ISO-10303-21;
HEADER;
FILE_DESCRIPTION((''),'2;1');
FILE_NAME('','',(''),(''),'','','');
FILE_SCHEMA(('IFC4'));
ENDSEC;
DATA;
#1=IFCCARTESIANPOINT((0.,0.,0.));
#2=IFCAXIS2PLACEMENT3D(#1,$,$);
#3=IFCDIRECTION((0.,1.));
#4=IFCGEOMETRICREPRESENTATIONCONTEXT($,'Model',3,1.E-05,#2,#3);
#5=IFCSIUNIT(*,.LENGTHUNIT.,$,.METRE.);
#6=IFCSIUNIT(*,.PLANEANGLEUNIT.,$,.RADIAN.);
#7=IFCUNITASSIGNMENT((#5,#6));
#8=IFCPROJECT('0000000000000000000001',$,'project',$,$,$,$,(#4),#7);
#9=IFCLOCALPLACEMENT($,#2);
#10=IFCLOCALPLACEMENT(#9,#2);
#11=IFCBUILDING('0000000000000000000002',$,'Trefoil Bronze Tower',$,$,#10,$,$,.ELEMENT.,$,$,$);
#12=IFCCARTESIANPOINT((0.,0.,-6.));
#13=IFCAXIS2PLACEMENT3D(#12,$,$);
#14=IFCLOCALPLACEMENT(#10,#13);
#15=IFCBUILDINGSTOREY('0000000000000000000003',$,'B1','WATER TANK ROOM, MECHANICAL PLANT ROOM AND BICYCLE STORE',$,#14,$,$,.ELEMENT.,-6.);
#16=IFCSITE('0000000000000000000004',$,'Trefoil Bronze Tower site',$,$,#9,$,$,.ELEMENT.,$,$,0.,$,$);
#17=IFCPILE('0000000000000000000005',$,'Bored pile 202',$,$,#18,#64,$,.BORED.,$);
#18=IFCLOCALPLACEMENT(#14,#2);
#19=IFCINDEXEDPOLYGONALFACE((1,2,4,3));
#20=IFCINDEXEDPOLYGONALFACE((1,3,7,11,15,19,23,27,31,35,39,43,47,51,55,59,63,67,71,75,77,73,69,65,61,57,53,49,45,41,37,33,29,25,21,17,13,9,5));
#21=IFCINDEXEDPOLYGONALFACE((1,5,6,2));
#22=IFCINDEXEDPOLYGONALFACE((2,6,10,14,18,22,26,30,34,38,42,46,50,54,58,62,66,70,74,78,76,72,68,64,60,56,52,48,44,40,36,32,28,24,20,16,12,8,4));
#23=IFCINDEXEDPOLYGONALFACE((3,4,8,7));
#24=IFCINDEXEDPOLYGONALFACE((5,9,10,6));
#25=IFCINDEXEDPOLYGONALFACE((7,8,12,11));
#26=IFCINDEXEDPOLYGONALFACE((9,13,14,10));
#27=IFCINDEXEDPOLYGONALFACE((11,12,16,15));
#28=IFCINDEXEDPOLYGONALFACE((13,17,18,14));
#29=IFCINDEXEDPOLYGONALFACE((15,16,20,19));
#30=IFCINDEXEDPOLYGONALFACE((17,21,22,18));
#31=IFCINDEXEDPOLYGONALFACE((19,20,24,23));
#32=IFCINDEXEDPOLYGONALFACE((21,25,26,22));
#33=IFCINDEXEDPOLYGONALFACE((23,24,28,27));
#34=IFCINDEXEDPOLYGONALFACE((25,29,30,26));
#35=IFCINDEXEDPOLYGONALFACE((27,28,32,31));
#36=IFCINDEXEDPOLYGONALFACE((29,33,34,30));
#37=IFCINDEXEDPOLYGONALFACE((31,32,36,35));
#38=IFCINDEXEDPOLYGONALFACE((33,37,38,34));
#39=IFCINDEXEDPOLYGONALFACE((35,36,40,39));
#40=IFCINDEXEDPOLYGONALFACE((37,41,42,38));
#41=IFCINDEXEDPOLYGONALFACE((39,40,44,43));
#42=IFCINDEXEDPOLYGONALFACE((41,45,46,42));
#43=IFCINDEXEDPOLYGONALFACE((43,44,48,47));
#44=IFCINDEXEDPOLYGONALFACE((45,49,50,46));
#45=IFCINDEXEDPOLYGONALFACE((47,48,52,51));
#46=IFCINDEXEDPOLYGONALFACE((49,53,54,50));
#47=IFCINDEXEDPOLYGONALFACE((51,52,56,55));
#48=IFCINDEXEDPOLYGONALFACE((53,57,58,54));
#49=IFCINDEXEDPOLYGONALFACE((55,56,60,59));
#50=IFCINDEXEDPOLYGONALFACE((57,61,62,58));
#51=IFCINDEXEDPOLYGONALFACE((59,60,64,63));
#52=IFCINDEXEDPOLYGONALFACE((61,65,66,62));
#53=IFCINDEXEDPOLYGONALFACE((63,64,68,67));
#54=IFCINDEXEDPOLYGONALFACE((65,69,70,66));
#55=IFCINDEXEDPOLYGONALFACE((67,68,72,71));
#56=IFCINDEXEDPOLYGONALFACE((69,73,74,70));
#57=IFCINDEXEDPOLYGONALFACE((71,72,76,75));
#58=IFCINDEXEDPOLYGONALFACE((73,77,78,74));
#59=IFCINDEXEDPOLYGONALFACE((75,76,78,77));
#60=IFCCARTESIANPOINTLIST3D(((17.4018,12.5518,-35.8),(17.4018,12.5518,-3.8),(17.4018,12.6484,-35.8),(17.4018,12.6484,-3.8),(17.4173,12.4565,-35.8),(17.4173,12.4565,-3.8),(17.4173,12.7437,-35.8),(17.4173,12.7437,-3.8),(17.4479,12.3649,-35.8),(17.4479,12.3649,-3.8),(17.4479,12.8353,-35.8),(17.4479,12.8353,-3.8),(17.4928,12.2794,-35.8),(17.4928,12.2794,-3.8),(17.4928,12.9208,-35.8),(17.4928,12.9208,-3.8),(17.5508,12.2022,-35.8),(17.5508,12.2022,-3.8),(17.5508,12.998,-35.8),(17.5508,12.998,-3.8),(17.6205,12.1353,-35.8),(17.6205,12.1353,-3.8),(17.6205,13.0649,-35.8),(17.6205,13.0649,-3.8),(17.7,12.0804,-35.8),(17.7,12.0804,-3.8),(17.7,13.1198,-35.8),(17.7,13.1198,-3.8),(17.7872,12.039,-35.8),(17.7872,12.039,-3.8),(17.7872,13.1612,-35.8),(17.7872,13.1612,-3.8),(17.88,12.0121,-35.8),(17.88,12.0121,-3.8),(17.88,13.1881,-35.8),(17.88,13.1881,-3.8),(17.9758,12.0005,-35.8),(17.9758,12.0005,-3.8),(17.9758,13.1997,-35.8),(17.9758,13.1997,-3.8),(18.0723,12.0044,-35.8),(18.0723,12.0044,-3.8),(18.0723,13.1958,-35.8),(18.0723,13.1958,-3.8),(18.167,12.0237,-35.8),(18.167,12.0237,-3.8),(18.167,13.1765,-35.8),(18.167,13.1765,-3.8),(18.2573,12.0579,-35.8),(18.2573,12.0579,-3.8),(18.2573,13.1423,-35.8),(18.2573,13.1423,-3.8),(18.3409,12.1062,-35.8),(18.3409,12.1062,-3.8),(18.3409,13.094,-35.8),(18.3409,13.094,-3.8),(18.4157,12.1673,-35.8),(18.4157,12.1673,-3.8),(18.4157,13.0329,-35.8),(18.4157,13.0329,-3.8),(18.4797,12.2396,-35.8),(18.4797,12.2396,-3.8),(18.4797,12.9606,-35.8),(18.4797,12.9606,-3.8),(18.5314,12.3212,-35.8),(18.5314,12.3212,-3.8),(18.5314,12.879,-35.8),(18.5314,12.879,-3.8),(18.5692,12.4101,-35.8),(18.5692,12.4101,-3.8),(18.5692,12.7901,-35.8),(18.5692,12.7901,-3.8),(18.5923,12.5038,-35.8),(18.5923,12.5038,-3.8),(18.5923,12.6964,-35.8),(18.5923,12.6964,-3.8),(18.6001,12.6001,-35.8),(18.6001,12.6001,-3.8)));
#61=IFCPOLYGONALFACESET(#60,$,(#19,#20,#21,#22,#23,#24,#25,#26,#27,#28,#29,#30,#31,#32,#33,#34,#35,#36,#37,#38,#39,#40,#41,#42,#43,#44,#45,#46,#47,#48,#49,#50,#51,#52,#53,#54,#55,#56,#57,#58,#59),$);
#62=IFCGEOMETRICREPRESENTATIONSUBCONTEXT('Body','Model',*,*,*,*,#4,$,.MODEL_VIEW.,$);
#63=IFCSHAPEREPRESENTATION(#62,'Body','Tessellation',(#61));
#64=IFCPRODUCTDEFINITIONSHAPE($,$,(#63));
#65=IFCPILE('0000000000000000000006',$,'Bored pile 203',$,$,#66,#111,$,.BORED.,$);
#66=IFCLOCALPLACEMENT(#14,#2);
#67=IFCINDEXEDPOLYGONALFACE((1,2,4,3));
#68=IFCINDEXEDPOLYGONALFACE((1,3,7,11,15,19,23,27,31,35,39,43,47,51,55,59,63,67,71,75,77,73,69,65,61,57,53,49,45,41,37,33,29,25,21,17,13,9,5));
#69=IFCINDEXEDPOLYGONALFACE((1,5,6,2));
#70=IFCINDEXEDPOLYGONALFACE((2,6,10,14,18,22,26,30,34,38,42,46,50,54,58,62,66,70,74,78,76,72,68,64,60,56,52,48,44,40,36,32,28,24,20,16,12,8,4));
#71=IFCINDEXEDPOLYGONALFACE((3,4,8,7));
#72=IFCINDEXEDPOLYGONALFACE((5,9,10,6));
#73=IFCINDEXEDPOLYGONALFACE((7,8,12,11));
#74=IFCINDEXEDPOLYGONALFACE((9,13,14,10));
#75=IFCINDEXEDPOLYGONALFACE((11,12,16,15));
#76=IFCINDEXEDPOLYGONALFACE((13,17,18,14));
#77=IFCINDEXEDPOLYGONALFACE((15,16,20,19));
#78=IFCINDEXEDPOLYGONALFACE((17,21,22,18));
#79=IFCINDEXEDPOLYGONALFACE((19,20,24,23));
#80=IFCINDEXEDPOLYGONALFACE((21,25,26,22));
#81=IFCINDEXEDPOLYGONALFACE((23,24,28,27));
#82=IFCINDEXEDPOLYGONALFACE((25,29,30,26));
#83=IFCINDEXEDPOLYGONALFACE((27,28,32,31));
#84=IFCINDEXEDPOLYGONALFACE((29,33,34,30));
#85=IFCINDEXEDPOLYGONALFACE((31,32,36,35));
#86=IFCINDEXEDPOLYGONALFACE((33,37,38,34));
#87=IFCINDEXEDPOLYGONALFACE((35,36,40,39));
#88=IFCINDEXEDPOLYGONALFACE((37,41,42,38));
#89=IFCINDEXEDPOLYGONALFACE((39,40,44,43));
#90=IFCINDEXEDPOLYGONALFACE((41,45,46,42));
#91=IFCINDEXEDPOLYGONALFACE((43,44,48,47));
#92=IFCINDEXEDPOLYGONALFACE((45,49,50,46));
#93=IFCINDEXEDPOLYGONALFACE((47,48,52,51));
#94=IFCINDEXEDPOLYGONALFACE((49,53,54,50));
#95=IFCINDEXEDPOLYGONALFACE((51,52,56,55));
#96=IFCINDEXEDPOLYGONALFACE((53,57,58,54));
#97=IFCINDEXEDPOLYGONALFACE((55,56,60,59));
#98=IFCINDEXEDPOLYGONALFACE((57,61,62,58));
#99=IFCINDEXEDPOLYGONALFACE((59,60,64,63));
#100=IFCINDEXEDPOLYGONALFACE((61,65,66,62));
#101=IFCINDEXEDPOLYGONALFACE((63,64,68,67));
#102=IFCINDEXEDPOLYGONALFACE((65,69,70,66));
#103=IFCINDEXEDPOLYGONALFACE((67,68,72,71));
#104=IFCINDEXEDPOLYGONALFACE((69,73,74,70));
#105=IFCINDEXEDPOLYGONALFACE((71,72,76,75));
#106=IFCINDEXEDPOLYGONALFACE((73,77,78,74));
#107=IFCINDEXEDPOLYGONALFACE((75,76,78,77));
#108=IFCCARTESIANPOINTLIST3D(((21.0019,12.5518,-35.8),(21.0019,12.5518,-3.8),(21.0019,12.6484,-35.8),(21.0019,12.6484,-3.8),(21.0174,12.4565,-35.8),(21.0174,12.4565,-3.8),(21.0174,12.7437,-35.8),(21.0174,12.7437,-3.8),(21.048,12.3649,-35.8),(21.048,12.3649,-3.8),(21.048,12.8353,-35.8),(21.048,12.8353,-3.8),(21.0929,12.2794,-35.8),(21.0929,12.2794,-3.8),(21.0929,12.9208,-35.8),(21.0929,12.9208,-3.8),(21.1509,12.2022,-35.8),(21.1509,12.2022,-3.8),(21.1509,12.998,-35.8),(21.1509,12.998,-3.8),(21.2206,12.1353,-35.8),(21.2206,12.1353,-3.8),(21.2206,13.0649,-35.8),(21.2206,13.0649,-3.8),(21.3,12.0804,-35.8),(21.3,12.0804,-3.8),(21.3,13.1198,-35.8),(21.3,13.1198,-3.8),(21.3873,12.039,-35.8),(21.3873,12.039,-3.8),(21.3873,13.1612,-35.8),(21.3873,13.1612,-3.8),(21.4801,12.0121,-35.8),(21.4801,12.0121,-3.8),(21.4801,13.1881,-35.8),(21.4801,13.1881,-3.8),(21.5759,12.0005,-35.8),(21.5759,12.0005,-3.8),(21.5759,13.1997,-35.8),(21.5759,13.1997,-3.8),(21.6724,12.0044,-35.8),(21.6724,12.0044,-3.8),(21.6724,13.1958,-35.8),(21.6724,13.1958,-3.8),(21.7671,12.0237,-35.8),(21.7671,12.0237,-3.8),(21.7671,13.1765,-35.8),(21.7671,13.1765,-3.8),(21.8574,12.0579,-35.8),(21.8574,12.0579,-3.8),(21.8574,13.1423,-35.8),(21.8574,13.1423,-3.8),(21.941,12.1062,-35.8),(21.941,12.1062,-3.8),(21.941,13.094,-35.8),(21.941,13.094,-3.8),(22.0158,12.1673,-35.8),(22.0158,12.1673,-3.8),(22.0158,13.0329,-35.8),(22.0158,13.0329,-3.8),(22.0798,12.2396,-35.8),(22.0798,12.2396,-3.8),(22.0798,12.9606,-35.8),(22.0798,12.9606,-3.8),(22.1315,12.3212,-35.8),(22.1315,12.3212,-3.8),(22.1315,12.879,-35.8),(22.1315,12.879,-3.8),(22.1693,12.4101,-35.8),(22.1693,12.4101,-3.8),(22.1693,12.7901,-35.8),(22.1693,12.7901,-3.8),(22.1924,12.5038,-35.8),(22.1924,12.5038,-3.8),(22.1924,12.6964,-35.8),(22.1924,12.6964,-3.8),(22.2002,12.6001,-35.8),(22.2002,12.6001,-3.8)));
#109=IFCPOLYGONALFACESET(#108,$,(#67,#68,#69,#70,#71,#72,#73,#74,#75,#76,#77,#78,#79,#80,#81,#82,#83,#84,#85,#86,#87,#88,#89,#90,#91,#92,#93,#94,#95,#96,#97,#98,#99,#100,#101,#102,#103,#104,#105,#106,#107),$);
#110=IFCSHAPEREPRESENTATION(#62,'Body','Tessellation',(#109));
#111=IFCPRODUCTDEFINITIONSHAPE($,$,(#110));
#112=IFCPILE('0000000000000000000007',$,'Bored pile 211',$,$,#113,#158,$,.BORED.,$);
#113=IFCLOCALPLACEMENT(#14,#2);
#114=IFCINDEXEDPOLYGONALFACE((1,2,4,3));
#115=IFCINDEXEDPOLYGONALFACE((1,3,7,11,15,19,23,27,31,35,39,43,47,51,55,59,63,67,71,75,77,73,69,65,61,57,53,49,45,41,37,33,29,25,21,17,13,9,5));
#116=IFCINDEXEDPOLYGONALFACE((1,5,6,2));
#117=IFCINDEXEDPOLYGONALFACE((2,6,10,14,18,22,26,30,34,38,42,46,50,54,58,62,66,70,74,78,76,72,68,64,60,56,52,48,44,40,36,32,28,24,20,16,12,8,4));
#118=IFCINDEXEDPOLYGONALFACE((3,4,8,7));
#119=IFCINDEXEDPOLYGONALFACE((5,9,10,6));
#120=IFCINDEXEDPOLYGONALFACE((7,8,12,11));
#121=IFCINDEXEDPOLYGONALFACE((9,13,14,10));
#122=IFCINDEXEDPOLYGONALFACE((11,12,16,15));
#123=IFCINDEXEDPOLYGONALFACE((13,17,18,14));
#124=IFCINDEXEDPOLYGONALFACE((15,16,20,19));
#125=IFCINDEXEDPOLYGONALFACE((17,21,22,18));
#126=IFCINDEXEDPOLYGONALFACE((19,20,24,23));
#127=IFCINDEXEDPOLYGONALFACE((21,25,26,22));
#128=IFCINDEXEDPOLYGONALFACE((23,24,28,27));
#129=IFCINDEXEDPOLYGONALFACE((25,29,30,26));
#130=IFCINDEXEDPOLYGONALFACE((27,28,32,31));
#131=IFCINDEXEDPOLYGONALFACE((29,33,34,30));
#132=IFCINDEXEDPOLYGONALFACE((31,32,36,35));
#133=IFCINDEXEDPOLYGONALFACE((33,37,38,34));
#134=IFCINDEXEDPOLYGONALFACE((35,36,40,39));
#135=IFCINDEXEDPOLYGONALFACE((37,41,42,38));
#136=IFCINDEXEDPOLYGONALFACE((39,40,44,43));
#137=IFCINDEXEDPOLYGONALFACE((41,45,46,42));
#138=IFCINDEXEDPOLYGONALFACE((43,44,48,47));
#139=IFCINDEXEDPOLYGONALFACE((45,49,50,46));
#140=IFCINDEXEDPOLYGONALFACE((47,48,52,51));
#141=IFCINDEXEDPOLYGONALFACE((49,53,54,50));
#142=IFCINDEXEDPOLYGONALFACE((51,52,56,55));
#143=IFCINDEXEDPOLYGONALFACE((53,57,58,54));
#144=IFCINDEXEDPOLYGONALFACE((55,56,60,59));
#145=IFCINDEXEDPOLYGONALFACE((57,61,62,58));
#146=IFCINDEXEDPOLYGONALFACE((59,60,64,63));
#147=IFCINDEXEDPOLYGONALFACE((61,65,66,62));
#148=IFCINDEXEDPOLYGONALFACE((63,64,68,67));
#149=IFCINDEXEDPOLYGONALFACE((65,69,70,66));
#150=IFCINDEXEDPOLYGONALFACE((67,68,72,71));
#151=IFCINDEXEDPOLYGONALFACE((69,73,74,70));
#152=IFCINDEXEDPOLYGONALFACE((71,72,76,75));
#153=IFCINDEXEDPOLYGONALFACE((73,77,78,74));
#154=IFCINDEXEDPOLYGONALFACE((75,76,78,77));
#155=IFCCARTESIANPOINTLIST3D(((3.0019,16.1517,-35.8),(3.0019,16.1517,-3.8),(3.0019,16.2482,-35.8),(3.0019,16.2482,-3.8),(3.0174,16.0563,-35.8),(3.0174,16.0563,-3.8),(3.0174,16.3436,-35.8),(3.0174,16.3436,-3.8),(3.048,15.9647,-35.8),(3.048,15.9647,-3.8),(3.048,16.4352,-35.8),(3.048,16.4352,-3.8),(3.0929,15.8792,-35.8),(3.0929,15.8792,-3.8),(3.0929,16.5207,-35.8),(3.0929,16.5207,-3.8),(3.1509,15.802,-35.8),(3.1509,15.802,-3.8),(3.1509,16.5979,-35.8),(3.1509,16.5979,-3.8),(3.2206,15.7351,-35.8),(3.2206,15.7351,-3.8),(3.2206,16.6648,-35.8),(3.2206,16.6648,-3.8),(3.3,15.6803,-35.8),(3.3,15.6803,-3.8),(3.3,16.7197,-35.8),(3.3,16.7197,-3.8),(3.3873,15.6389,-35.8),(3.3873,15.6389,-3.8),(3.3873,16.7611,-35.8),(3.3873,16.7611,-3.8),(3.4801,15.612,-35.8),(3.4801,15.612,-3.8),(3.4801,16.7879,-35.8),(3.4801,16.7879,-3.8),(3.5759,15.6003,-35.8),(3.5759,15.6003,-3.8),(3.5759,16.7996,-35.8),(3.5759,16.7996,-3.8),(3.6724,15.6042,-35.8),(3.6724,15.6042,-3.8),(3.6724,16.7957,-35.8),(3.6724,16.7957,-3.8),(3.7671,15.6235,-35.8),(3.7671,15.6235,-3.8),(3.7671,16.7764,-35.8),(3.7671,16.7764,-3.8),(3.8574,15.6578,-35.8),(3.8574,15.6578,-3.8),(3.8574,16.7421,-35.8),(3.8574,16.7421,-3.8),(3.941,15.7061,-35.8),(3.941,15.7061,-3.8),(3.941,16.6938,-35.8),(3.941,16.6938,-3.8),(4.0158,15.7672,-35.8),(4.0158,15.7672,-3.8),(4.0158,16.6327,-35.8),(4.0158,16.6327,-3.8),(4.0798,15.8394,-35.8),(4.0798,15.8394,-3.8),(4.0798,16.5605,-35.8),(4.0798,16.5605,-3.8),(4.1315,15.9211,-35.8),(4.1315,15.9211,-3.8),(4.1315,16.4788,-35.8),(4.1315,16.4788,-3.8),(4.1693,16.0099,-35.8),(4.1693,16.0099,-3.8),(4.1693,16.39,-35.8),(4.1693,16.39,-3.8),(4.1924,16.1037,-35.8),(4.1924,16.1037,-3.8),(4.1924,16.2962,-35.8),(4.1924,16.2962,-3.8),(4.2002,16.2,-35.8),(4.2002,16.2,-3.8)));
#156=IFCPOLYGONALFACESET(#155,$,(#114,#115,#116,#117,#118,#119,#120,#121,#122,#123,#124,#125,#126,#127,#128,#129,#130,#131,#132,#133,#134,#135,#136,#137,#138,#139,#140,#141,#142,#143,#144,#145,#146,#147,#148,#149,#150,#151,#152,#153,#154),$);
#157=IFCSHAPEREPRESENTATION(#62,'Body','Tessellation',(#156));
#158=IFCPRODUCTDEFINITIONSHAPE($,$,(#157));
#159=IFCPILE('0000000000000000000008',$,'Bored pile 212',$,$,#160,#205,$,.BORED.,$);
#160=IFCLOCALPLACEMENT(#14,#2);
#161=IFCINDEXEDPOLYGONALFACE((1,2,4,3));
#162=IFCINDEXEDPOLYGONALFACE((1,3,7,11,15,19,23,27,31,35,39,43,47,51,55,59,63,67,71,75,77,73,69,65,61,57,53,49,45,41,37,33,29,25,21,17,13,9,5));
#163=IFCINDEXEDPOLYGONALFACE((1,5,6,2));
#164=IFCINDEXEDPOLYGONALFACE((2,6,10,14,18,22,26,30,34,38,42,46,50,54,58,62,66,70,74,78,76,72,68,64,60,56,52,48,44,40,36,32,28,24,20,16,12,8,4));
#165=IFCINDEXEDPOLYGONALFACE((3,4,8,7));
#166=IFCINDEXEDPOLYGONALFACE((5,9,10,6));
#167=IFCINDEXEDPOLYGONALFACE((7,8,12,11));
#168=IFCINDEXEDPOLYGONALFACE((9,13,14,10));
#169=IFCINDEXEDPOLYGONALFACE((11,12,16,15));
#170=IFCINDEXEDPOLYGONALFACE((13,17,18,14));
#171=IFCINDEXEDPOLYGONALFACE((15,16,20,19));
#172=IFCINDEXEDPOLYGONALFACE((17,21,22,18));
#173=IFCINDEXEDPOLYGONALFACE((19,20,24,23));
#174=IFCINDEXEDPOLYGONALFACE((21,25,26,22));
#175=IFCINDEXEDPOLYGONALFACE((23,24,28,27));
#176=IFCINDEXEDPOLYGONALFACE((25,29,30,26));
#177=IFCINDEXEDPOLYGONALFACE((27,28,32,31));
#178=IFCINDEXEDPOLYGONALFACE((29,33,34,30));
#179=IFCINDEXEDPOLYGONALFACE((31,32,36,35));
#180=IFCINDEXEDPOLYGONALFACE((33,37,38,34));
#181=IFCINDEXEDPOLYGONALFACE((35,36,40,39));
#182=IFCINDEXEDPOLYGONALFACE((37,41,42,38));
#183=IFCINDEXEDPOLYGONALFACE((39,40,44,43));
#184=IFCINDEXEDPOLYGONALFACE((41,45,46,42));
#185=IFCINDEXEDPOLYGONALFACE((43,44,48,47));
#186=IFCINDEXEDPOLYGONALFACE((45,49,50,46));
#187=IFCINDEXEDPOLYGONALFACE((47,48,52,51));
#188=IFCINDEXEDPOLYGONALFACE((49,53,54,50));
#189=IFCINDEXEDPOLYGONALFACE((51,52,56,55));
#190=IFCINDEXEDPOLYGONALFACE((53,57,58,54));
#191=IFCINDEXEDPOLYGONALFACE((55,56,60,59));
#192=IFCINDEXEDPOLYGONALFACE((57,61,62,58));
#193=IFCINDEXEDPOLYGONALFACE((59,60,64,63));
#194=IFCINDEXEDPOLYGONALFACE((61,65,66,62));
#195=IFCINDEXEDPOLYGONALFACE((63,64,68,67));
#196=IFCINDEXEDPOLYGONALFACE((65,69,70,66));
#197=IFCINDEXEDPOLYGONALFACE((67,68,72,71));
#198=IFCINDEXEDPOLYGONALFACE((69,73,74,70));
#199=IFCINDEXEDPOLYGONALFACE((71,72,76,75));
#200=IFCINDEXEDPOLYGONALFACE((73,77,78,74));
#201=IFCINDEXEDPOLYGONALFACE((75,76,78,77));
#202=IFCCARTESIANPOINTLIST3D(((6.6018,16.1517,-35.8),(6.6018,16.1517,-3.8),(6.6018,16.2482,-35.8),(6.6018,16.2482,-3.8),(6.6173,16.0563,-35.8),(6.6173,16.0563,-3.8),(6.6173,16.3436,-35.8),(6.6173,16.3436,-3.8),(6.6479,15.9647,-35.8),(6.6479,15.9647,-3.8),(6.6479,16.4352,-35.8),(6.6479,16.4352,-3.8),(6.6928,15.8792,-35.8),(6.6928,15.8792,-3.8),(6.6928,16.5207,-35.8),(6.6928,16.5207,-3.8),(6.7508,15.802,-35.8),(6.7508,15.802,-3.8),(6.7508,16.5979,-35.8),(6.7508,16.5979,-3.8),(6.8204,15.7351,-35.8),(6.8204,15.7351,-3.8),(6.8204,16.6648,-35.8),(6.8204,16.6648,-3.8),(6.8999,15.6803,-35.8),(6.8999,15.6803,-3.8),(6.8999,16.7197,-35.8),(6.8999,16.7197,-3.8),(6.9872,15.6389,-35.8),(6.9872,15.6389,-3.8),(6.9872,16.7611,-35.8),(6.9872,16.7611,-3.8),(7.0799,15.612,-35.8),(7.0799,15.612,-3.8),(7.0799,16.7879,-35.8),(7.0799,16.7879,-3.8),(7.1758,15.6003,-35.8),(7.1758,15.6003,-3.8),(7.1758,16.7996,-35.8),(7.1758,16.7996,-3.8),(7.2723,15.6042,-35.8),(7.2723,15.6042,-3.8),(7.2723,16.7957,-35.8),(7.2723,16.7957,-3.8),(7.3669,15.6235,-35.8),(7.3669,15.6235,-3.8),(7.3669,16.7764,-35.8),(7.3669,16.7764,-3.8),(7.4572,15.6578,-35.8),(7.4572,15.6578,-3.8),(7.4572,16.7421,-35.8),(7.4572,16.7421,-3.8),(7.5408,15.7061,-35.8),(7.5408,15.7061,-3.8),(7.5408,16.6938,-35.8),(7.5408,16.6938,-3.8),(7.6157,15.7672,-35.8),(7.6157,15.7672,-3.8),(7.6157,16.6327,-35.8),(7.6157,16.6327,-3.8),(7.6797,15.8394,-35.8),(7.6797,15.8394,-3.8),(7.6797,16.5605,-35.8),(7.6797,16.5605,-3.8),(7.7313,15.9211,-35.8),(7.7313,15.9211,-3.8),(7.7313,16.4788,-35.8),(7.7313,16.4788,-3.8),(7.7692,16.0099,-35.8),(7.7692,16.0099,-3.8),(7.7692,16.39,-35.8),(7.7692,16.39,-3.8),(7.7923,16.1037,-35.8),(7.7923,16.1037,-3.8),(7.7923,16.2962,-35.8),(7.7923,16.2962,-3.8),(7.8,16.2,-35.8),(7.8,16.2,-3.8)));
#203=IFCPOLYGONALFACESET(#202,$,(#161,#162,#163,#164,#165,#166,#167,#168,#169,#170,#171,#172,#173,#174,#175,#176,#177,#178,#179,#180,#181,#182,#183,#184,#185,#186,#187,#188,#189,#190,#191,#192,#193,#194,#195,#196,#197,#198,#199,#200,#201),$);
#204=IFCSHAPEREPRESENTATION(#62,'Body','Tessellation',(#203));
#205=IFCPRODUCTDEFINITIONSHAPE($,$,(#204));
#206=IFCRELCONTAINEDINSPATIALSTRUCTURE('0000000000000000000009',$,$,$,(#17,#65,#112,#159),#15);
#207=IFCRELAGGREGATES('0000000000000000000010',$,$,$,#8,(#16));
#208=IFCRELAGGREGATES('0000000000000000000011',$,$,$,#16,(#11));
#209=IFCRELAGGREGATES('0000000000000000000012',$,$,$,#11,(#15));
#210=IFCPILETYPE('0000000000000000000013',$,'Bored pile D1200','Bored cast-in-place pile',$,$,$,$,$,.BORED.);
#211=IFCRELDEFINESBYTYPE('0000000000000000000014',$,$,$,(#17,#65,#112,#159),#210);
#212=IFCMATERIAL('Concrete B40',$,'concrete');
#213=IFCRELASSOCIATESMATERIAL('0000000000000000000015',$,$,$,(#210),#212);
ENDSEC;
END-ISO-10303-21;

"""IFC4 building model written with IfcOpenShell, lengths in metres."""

from ifc_helpers import new_model, si_unit, direction, frame, origin, origin_2d, place, context, subcontext, project, spatial, circle, extrude, material, type_object, element, save


model = new_model("IFC4")

# Units and contexts
model_context = context("Model", 3, precision=1e-05, world=origin(), true_north=direction((0.0, 1.0)))
body_context = subcontext(model_context, "Body", "Model", "MODEL_VIEW")
ifc_project = project(units=[si_unit("LENGTHUNIT", "METRE"), si_unit("PLANEANGLEUNIT", "RADIAN")], contexts=[model_context])

# Site, building, storey
site_placement = place(None, origin())
site = spatial("IfcSite", under=ifc_project, at=site_placement, Name="Trefoil Bronze Tower site", CompositionType="ELEMENT", RefElevation=0.0)
building_placement = place(site_placement, origin())
building = spatial("IfcBuilding", under=site, at=building_placement, Name="Trefoil Bronze Tower", CompositionType="ELEMENT")
storey_placement = place(building_placement, frame((0.0, 0.0, -6.0)))
storey = spatial("IfcBuildingStorey", under=building, at=storey_placement, Name="B1", Description="WATER TANK ROOM, MECHANICAL PLANT ROOM AND BICYCLE STORE", CompositionType="ELEMENT", Elevation=-6.0)

# Piles
ifc_material_1 = material(Name="Concrete B40", Category="concrete")
pile_type = type_object("IfcPileType", Name="Bored pile D1200", Description="Bored cast-in-place pile", PredefinedType="BORED", material=ifc_material_1)
for number, where, z_axis, x_axis, name in (
    (1, (18.0, 12.6001, -3.8), (0.0, 0.0, -1.0), (1.0, 0.0, 0.0), "Bored pile 202"),
    (2, (21.6001, 12.6001, -3.8), (0.0, 0.0, -1.0), (1.0, 0.0, 0.0), "Bored pile 203"),
    (3, (3.6001, 16.2, -3.8), (0.0, 0.0, -1.0), (1.0, 0.0, 0.0), "Bored pile 211"),
    (4, (7.2, 16.2, -3.8), (0.0, 0.0, -1.0), (1.0, 0.0, 0.0), "Bored pile 212"),
):
    element("IfcPile", number, at=place(storey_placement, frame(where, z_axis=z_axis, x_axis=x_axis)), inside=storey, type_object=pile_type, Name=name, PredefinedType="BORED", context=body_context, shape_type="SweptSolid", body=[
        extrude(circle(Radius=0.6001, at=origin_2d()), origin(), (0.0, 0.0, 1.0), 32.0),
    ])

save(model, "model.ifc")
